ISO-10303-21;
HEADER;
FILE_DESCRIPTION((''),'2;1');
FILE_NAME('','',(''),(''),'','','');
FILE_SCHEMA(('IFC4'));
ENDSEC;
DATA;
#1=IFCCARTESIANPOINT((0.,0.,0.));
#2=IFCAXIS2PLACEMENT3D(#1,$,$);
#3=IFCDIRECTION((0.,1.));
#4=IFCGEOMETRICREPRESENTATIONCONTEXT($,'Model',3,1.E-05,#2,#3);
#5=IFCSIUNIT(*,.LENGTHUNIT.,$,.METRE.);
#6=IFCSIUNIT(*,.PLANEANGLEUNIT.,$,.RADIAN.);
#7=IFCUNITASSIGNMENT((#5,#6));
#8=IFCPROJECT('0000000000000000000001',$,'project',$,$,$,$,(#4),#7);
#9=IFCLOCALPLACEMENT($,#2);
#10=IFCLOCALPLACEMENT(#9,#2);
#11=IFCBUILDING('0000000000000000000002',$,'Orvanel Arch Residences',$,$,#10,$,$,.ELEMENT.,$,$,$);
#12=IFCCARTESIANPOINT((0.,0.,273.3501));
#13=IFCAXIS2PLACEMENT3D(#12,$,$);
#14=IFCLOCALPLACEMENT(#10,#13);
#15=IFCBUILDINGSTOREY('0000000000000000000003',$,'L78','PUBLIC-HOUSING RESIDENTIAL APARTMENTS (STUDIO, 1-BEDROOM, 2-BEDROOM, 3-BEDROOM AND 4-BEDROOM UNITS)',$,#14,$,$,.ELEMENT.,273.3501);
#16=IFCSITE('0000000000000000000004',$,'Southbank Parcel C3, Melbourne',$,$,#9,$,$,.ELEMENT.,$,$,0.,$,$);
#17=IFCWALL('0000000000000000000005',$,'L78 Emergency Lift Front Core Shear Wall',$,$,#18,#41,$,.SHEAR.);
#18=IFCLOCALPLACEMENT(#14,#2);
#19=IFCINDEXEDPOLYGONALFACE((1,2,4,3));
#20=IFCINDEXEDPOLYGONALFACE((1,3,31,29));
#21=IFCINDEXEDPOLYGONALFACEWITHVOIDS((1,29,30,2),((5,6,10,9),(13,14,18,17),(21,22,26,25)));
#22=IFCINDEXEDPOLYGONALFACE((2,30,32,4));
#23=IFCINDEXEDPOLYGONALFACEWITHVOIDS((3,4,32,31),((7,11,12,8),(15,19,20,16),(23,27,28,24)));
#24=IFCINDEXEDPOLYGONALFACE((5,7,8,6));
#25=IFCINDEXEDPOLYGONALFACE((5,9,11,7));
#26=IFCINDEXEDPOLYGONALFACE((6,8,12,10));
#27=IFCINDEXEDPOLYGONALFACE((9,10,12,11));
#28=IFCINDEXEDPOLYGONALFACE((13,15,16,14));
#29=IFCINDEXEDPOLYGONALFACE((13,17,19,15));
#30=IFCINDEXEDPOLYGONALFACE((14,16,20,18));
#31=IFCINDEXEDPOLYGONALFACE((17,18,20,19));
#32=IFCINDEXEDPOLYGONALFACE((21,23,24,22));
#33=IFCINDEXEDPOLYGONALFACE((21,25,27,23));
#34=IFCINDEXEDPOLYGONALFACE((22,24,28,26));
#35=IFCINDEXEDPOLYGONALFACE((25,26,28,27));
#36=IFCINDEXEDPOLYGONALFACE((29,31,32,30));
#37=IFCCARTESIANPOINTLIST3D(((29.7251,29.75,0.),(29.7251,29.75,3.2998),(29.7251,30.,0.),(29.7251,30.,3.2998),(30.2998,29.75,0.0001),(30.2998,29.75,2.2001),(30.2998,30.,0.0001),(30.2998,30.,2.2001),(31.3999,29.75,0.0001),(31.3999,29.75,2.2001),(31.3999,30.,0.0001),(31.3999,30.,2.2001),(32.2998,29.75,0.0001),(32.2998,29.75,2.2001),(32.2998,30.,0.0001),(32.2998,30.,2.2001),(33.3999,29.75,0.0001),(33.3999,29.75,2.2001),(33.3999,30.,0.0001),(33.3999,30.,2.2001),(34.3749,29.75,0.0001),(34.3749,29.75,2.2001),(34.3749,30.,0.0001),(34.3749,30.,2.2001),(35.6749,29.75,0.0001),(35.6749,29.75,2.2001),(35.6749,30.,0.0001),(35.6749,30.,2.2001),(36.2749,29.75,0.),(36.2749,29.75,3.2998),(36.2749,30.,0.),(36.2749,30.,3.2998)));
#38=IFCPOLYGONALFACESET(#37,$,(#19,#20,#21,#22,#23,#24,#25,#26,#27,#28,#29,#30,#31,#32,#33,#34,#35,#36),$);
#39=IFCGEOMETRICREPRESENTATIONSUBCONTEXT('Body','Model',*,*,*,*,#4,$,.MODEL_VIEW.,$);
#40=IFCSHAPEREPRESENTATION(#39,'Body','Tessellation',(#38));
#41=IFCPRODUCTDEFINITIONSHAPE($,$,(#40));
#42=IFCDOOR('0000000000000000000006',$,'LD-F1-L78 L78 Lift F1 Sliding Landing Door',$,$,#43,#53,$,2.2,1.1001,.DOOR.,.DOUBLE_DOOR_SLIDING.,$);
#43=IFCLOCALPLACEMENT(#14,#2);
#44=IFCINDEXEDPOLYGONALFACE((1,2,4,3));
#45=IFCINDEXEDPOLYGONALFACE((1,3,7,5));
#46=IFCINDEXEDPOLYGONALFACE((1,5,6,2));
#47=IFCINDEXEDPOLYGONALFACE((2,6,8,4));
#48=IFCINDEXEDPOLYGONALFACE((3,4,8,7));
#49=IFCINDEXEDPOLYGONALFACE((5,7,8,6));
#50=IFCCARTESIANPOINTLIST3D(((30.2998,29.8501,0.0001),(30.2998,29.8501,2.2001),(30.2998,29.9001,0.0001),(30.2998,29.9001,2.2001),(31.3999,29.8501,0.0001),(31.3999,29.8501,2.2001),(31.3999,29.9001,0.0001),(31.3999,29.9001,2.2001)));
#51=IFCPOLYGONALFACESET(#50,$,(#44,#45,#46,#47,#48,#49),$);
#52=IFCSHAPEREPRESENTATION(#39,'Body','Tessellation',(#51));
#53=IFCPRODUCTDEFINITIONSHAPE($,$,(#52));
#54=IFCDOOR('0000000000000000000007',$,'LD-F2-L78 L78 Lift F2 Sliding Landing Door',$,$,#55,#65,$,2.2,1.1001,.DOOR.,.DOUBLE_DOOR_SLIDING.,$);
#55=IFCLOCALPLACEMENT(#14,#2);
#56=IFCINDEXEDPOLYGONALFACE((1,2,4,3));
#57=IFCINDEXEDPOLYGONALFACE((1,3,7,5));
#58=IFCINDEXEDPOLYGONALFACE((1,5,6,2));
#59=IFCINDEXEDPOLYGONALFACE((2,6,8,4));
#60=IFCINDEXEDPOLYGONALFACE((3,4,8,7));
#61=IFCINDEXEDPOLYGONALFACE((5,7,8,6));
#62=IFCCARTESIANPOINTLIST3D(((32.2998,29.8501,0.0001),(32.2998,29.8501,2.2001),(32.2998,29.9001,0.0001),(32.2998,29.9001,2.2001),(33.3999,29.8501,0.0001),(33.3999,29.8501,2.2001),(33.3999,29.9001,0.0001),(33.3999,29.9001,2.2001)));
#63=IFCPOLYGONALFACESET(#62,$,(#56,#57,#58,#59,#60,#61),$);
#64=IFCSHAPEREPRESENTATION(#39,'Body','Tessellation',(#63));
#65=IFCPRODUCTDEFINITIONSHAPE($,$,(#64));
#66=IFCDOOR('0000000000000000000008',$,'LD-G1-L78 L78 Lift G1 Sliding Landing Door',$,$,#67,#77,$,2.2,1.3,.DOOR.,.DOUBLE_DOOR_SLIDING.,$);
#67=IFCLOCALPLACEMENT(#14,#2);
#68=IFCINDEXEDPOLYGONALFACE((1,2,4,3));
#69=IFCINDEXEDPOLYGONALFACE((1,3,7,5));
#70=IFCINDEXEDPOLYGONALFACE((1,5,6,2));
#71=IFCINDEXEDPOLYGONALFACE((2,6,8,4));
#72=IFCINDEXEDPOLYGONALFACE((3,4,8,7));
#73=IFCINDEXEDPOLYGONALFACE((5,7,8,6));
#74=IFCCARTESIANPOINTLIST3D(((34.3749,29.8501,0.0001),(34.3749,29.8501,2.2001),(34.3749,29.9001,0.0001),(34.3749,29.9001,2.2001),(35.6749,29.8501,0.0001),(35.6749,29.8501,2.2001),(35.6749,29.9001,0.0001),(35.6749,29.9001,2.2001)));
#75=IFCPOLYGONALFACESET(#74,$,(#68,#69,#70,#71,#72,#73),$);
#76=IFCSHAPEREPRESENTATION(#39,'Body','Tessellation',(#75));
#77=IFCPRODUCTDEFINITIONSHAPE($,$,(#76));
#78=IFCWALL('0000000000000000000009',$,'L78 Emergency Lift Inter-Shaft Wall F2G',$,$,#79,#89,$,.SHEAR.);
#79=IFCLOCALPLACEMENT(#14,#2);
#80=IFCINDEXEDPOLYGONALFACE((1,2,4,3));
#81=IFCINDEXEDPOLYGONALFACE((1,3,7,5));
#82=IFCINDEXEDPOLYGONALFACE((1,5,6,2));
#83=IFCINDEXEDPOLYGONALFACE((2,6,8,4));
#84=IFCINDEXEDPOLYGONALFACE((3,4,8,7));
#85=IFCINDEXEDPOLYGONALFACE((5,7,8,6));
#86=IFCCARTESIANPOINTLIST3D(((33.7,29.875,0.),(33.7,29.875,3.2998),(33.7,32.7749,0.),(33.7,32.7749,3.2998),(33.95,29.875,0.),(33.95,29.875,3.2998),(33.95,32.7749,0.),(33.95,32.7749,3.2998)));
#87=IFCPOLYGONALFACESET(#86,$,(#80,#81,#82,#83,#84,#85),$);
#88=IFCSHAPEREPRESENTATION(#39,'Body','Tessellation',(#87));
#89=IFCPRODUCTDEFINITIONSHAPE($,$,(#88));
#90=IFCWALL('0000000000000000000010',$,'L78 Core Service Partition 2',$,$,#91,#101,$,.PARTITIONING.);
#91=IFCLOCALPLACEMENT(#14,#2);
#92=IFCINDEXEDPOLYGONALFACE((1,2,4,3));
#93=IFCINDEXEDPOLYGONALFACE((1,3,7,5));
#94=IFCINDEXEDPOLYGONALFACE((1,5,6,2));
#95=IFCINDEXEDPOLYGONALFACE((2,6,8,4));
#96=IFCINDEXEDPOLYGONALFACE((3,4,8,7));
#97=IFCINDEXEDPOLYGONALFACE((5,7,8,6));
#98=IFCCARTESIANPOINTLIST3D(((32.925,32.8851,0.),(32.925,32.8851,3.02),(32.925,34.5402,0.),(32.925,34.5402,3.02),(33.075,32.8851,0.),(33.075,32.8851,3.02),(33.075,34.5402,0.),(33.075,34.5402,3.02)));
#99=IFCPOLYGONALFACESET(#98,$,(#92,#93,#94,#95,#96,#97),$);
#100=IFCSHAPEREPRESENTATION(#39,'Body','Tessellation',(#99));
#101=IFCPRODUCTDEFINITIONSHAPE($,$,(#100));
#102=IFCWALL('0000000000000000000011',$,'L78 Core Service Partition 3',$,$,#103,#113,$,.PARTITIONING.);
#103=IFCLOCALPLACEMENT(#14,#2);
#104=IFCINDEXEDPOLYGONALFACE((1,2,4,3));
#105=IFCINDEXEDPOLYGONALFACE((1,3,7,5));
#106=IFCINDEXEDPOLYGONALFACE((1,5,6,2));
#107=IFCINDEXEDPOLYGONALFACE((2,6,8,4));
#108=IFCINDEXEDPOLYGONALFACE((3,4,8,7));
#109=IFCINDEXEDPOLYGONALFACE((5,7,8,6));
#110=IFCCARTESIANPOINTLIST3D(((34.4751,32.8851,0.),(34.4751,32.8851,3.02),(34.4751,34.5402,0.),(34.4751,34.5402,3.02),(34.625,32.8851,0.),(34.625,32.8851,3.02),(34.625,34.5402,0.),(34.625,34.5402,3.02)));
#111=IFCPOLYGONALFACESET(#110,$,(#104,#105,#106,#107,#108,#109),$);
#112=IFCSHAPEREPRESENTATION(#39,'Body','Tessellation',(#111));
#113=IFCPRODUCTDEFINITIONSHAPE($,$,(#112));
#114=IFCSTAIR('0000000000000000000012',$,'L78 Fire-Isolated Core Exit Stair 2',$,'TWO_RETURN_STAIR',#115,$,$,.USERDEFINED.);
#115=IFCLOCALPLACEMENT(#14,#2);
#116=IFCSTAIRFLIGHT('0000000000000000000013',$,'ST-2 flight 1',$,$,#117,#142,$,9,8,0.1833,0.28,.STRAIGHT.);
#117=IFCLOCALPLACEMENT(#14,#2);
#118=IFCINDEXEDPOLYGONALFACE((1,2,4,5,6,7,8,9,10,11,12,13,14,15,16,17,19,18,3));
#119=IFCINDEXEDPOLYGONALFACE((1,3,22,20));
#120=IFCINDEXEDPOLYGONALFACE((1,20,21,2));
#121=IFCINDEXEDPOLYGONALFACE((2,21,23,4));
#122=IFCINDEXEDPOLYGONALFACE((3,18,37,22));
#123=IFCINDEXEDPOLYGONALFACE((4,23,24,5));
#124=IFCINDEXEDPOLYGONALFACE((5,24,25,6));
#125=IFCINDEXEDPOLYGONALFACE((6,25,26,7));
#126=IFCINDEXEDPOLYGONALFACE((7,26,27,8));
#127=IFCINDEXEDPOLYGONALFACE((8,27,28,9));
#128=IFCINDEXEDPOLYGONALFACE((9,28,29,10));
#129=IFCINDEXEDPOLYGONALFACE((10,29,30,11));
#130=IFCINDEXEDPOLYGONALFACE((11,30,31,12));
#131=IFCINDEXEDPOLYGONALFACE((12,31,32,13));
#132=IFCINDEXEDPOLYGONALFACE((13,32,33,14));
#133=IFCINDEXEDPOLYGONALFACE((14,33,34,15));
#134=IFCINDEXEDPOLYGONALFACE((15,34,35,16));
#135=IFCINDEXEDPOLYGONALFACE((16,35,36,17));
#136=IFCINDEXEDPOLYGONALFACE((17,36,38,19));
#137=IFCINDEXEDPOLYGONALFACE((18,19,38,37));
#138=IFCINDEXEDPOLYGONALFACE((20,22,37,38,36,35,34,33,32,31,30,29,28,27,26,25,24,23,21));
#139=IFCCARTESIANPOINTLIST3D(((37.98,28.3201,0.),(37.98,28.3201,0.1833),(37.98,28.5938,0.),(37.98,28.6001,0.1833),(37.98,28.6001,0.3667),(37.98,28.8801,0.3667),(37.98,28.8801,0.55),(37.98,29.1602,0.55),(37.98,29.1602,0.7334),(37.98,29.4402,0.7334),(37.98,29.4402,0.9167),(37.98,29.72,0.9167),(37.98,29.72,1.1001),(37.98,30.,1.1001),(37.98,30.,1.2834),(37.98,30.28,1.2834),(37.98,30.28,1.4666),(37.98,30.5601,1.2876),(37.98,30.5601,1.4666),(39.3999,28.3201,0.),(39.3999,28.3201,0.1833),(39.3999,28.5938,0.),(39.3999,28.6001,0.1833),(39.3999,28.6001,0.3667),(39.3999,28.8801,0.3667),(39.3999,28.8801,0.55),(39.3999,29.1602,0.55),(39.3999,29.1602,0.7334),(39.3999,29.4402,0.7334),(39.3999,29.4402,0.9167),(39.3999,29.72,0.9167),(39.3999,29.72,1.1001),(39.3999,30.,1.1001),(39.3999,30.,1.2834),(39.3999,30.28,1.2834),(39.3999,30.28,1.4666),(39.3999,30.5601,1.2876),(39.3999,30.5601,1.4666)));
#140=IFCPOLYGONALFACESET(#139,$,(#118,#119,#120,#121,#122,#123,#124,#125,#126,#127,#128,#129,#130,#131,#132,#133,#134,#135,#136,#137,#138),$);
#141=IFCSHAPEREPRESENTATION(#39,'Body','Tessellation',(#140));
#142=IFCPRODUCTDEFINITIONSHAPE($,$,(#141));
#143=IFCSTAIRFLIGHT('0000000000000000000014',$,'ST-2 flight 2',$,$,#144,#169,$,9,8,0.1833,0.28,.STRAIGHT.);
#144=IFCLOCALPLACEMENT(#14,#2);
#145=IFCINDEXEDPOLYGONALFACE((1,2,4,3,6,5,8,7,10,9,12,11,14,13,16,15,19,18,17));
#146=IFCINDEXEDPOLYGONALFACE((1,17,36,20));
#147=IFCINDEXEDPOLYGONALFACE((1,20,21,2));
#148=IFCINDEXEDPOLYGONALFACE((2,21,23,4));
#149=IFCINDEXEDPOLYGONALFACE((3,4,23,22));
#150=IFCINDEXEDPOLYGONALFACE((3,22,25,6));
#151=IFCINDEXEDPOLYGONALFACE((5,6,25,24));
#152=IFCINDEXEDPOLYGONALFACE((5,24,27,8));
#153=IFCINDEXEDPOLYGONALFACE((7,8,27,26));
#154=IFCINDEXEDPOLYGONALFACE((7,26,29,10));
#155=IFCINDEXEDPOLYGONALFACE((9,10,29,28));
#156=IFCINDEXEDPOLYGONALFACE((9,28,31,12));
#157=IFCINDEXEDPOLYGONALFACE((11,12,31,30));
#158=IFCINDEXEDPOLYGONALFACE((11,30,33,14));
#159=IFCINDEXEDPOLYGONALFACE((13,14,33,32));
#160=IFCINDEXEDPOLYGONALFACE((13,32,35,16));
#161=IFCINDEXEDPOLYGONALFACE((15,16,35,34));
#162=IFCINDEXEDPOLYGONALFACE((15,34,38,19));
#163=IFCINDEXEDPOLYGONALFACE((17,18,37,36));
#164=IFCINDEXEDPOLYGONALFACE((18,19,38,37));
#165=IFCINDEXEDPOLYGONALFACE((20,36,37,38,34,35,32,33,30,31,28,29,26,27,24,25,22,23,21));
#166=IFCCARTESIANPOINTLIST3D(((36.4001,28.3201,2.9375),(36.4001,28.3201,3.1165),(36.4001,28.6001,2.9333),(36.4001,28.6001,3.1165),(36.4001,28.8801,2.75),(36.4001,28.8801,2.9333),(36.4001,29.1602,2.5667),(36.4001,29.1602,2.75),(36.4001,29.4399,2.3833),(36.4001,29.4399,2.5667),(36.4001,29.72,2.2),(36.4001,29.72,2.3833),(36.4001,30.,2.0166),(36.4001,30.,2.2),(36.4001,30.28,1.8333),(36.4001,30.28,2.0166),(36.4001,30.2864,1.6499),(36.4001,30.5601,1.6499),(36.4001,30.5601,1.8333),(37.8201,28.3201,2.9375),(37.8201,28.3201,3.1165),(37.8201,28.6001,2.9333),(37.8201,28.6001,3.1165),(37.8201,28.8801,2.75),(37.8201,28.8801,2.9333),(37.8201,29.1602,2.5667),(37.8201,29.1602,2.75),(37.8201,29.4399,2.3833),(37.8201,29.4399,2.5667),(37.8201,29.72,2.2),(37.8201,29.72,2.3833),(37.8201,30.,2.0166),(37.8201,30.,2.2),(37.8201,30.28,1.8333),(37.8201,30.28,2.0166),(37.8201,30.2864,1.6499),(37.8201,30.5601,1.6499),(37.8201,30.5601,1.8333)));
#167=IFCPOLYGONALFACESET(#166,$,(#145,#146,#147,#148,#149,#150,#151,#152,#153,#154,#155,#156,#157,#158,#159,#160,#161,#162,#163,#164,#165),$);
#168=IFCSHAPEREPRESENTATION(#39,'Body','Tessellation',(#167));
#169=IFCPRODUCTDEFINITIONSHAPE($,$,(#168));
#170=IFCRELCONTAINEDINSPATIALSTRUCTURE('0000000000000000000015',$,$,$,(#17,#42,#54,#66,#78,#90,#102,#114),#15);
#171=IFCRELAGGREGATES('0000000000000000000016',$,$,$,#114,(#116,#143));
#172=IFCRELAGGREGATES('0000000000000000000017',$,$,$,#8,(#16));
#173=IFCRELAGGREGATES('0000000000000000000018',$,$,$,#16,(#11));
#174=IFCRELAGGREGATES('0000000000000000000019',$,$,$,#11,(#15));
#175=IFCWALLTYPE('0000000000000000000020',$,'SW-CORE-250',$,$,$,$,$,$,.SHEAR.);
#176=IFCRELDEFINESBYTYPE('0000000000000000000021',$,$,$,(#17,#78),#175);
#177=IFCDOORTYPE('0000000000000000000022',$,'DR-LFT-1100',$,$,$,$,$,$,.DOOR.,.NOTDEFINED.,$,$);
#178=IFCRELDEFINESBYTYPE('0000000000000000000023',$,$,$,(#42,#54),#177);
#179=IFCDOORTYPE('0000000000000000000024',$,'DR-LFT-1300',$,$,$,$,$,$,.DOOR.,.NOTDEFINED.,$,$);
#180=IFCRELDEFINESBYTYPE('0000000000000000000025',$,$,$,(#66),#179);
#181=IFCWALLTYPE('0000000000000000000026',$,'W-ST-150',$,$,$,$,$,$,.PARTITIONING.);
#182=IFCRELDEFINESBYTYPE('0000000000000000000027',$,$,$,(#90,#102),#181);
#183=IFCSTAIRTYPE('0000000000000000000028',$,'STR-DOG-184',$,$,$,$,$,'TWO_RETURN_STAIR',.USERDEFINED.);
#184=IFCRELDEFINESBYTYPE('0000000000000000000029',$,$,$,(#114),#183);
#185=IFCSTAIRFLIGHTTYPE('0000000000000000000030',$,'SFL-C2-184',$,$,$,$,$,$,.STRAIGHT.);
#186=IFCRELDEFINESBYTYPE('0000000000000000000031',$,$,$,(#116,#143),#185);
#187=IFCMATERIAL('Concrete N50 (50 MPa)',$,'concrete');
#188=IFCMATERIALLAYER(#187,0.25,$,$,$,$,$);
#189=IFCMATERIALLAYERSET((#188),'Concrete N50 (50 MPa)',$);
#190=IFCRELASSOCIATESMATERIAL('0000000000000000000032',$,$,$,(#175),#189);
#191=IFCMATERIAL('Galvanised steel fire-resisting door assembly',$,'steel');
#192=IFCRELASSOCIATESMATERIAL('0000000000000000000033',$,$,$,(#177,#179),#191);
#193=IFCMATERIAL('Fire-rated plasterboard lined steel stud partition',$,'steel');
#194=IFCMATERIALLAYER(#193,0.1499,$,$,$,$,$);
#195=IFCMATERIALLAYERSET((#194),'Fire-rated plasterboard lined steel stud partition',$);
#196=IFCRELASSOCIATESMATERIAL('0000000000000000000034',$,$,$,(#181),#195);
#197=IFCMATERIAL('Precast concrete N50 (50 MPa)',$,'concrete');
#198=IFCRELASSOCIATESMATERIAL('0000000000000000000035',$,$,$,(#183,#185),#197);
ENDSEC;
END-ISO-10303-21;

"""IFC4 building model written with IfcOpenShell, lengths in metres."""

from ifc_helpers import new_model, si_unit, direction, frame, frame_2d, origin, place, context, subcontext, project, spatial, polyline, rectangle, outline, extrude, material, layer, layer_set, type_object, element, fill, aggregate, save


model = new_model("IFC4")

# Units and contexts
model_context = context("Model", 3, precision=1e-05, world=origin(), true_north=direction((0.0, 1.0)))
body_context = subcontext(model_context, "Body", "Model", "MODEL_VIEW")
ifc_project = project(units=[si_unit("LENGTHUNIT", "METRE"), si_unit("PLANEANGLEUNIT", "RADIAN")], contexts=[model_context])

# Site, building, storey
site_placement = place(None, origin())
site = spatial("IfcSite", under=ifc_project, at=site_placement, Name="Southbank Parcel C3, Melbourne", CompositionType="ELEMENT", RefElevation=0.0)
building_placement = place(site_placement, origin())
building = spatial("IfcBuilding", under=site, at=building_placement, Name="Orvanel Arch Residences", CompositionType="ELEMENT")
storey_placement = place(building_placement, frame((0.0, 0.0, 273.3501)))
storey = spatial("IfcBuildingStorey", under=building, at=storey_placement, Name="L78", Description="PUBLIC-HOUSING RESIDENTIAL APARTMENTS (STUDIO, 1-BEDROOM, 2-BEDROOM, 3-BEDROOM AND 4-BEDROOM UNITS)", CompositionType="ELEMENT", Elevation=273.3501)

# Wall, openings, doors
ifc_material_1 = material(Name="Concrete N50 (50 MPa)", Category="concrete")
ifc_layer_1 = layer(ifc_material_1, 0.25)
ifc_layer_set_1 = layer_set([ifc_layer_1], Name="Concrete N50 (50 MPa)")
wall_type_1 = type_object("IfcWallType", Name="SW-CORE-250", PredefinedType="SHEAR", material=ifc_layer_set_1)
wall_1_placement = place(storey_placement, frame((36.2749, 29.875, 0.0), z_axis=(0.0, 0.0, 1.0), x_axis=(-1.0, 0.0, 0.0)))
wall_1 = element("IfcWall", 1, at=wall_1_placement, inside=storey, type_object=wall_type_1, Name="L78 Emergency Lift Front Core Shear Wall", PredefinedType="SHEAR", context=body_context, shape_type="SweptSolid", body=[
    extrude(rectangle(XDim=6.5498, YDim=0.25, at=frame_2d((3.2749, 0.0))), origin(), (0.0, 0.0, 1.0), 3.2998),
])
opening_1_placement = place(wall_1_placement, frame((4.875, 0.0, 0.0)))
opening_1 = element("IfcOpeningElement", 2, at=opening_1_placement, cuts=wall_1, PredefinedType="OPENING", context=body_context, shape_type="SweptSolid", body=[
    extrude(rectangle(XDim=1.1001, YDim=2.2, at=frame_2d((0.55, 1.1001))), frame((0.0, 0.135, 0.0), z_axis=(0.0, -1.0, 0.0), x_axis=(1.0, 0.0, 0.0)), (0.0, 0.0, 1.0), 0.27),
])
opening_2_placement = place(wall_1_placement, frame((2.875, 0.0, 0.0)))
opening_2 = element("IfcOpeningElement", 3, at=opening_2_placement, cuts=wall_1, PredefinedType="OPENING", context=body_context, shape_type="SweptSolid", body=[
    extrude(rectangle(XDim=1.1001, YDim=2.2, at=frame_2d((0.55, 1.1001))), frame((0.0, 0.135, 0.0), z_axis=(0.0, -1.0, 0.0), x_axis=(1.0, 0.0, 0.0)), (0.0, 0.0, 1.0), 0.27),
])
opening_3_placement = place(wall_1_placement, frame((0.6001, 0.0, 0.0)))
opening_3 = element("IfcOpeningElement", 4, at=opening_3_placement, cuts=wall_1, PredefinedType="OPENING", context=body_context, shape_type="SweptSolid", body=[
    extrude(rectangle(XDim=1.3, YDim=2.2, at=frame_2d((0.6499, 1.1001))), frame((0.0, 0.135, 0.0), z_axis=(0.0, -1.0, 0.0), x_axis=(1.0, 0.0, 0.0)), (0.0, 0.0, 1.0), 0.27),
])
ifc_material_2 = material(Name="Galvanised steel fire-resisting door assembly", Category="steel")
door_type_1 = type_object("IfcDoorType", Name="DR-LFT-1100", OperationType="NOTDEFINED", PredefinedType="DOOR", material=ifc_material_2)
door_1_placement = place(opening_1_placement, origin())
door_1 = element("IfcDoor", 5, at=door_1_placement, inside=storey, type_object=door_type_1, Name="LD-F1-L78 L78 Lift F1 Sliding Landing Door", OperationType="DOUBLE_DOOR_SLIDING", OverallHeight=2.2, OverallWidth=1.1001, PredefinedType="DOOR", context=body_context, shape_type="SweptSolid", body=[
    extrude(rectangle(XDim=1.1001, YDim=2.2, at=frame_2d((0.55, 1.1001))), frame((0.0, 0.0249, 0.0), z_axis=(0.0, -1.0, 0.0), x_axis=(1.0, 0.0, 0.0)), (0.0, 0.0, 1.0), 0.05),
])
fill(opening_1, door_1)
door_2_placement = place(opening_2_placement, origin())
door_2 = element("IfcDoor", 6, at=door_2_placement, inside=storey, type_object=door_type_1, Name="LD-F2-L78 L78 Lift F2 Sliding Landing Door", OperationType="DOUBLE_DOOR_SLIDING", OverallHeight=2.2, OverallWidth=1.1001, PredefinedType="DOOR", context=body_context, shape_type="SweptSolid", body=[
    extrude(rectangle(XDim=1.1001, YDim=2.2, at=frame_2d((0.55, 1.1001))), frame((0.0, 0.0249, 0.0), z_axis=(0.0, -1.0, 0.0), x_axis=(1.0, 0.0, 0.0)), (0.0, 0.0, 1.0), 0.05),
])
fill(opening_2, door_2)
door_type_2 = type_object("IfcDoorType", Name="DR-LFT-1300", OperationType="NOTDEFINED", PredefinedType="DOOR", material=ifc_material_2)
door_3_placement = place(opening_3_placement, origin())
door_3 = element("IfcDoor", 7, at=door_3_placement, inside=storey, type_object=door_type_2, Name="LD-G1-L78 L78 Lift G1 Sliding Landing Door", OperationType="DOUBLE_DOOR_SLIDING", OverallHeight=2.2, OverallWidth=1.3, PredefinedType="DOOR", context=body_context, shape_type="SweptSolid", body=[
    extrude(rectangle(XDim=1.3, YDim=2.2, at=frame_2d((0.6499, 1.1001))), frame((0.0, 0.0249, 0.0), z_axis=(0.0, -1.0, 0.0), x_axis=(1.0, 0.0, 0.0)), (0.0, 0.0, 1.0), 0.05),
])
fill(opening_3, door_3)

# Walls
wall_2_placement = place(storey_placement, frame((33.825, 29.875, 0.0), z_axis=(0.0, 0.0, 1.0), x_axis=(0.0, 1.0, 0.0)))
element("IfcWall", 8, at=wall_2_placement, inside=storey, type_object=wall_type_1, Name="L78 Emergency Lift Inter-Shaft Wall F2G", PredefinedType="SHEAR", context=body_context, shape_type="SweptSolid", body=[
    extrude(rectangle(XDim=2.8999, YDim=0.25, at=frame_2d((1.45, 0.0))), origin(), (0.0, 0.0, 1.0), 3.2998),
])
ifc_material_3 = material(Name="Fire-rated plasterboard lined steel stud partition", Category="steel")
ifc_layer_2 = layer(ifc_material_3, 0.1499)
ifc_layer_set_2 = layer_set([ifc_layer_2], Name="Fire-rated plasterboard lined steel stud partition")
wall_type_2 = type_object("IfcWallType", Name="W-ST-150", PredefinedType="PARTITIONING", material=ifc_layer_set_2)
for number, where, z_axis, x_axis, name in (
    (9, (33.0, 32.885, 0.0), (0.0, 0.0, 1.0), (0.0, 1.0, 0.0), "L78 Core Service Partition 2"),
    (10, (34.55, 32.885, 0.0), (0.0, 0.0, 1.0), (0.0, 1.0, 0.0), "L78 Core Service Partition 3"),
):
    element("IfcWall", number, at=place(storey_placement, frame(where, z_axis=z_axis, x_axis=x_axis)), inside=storey, type_object=wall_type_2, Name=name, PredefinedType="PARTITIONING", context=body_context, shape_type="SweptSolid", body=[
        extrude(rectangle(XDim=1.655, YDim=0.1499, at=frame_2d((0.8276, 0.0))), origin(), (0.0, 0.0, 1.0), 3.02),
    ])

# Stair, stair flights
ifc_material_4 = material(Name="Precast concrete N50 (50 MPa)", Category="concrete")
stair_type = type_object("IfcStairType", Name="STR-DOG-184", ElementType="TWO_RETURN_STAIR", PredefinedType="USERDEFINED", material=ifc_material_4)
stair_placement = place(storey_placement, origin())
stair = element("IfcStair", 11, at=stair_placement, inside=storey, type_object=stair_type, Name="L78 Fire-Isolated Core Exit Stair 2", ObjectType="TWO_RETURN_STAIR", PredefinedType="USERDEFINED")
stair_flight_type = type_object("IfcStairFlightType", Name="SFL-C2-184", PredefinedType="STRAIGHT", material=ifc_material_4)
stair_flight_1_placement = place(storey_placement, frame((38.6899, 28.3201, 0.0), z_axis=(0.0, 0.0, 1.0), x_axis=(0.0, 1.0, 0.0)))
stair_flight_1 = element("IfcStairFlight", 12, at=stair_flight_1_placement, type_object=stair_flight_type, Name="ST-2 flight 1", NumberOfRisers=9, NumberOfTreads=8, PredefinedType="STRAIGHT", RiserHeight=0.1833, TreadLength=0.28, context=body_context, shape_type="SweptSolid", body=[
    extrude(outline(polyline([(0.0, 0.0), (0.0, 0.1833), (0.28, 0.1833), (0.28, 0.3667), (0.5601, 0.3667), (0.5601, 0.55), (0.8401, 0.55), (0.8401, 0.7334), (1.1201, 0.7334), (1.1201, 0.9167), (1.3999, 0.9167), (1.3999, 1.1001), (1.6799, 1.1001), (1.6799, 1.2834), (1.96, 1.2834), (1.96, 1.4666), (2.24, 1.4666), (2.24, 1.6499), (2.24, 1.2876), (0.2737, 0.0), (0.0, 0.0)])), frame((0.0, 0.71, 0.0), z_axis=(0.0, -1.0, 0.0), x_axis=(1.0, 0.0, 0.0)), (0.0, 0.0, 1.0), 1.4199),
])
stair_flight_2_placement = place(storey_placement, frame((37.1101, 30.5601, 1.6499), z_axis=(0.0, 0.0, 1.0), x_axis=(0.0, -1.0, 0.0)))
stair_flight_2 = element("IfcStairFlight", 13, at=stair_flight_2_placement, type_object=stair_flight_type, Name="ST-2 flight 2", NumberOfRisers=9, NumberOfTreads=8, PredefinedType="STRAIGHT", RiserHeight=0.1833, TreadLength=0.28, context=body_context, shape_type="SweptSolid", body=[
    extrude(outline(polyline([(0.0, 0.0), (0.0, 0.1833), (0.28, 0.1833), (0.28, 0.3667), (0.5601, 0.3667), (0.5601, 0.55), (0.8401, 0.55), (0.8401, 0.7334), (1.1201, 0.7334), (1.1201, 0.9167), (1.3999, 0.9167), (1.3999, 1.1001), (1.6799, 1.1001), (1.6799, 1.2834), (1.96, 1.2834), (1.96, 1.4666), (2.24, 1.4666), (2.24, 1.6499), (2.24, 1.2876), (0.2737, 0.0), (0.0, 0.0)])), frame((0.0, 0.71, 0.0), z_axis=(0.0, -1.0, 0.0), x_axis=(1.0, 0.0, 0.0)), (0.0, 0.0, 1.0), 1.4199),
])
aggregate(stair, [stair_flight_1, stair_flight_2])

save(model, "model.ifc")
